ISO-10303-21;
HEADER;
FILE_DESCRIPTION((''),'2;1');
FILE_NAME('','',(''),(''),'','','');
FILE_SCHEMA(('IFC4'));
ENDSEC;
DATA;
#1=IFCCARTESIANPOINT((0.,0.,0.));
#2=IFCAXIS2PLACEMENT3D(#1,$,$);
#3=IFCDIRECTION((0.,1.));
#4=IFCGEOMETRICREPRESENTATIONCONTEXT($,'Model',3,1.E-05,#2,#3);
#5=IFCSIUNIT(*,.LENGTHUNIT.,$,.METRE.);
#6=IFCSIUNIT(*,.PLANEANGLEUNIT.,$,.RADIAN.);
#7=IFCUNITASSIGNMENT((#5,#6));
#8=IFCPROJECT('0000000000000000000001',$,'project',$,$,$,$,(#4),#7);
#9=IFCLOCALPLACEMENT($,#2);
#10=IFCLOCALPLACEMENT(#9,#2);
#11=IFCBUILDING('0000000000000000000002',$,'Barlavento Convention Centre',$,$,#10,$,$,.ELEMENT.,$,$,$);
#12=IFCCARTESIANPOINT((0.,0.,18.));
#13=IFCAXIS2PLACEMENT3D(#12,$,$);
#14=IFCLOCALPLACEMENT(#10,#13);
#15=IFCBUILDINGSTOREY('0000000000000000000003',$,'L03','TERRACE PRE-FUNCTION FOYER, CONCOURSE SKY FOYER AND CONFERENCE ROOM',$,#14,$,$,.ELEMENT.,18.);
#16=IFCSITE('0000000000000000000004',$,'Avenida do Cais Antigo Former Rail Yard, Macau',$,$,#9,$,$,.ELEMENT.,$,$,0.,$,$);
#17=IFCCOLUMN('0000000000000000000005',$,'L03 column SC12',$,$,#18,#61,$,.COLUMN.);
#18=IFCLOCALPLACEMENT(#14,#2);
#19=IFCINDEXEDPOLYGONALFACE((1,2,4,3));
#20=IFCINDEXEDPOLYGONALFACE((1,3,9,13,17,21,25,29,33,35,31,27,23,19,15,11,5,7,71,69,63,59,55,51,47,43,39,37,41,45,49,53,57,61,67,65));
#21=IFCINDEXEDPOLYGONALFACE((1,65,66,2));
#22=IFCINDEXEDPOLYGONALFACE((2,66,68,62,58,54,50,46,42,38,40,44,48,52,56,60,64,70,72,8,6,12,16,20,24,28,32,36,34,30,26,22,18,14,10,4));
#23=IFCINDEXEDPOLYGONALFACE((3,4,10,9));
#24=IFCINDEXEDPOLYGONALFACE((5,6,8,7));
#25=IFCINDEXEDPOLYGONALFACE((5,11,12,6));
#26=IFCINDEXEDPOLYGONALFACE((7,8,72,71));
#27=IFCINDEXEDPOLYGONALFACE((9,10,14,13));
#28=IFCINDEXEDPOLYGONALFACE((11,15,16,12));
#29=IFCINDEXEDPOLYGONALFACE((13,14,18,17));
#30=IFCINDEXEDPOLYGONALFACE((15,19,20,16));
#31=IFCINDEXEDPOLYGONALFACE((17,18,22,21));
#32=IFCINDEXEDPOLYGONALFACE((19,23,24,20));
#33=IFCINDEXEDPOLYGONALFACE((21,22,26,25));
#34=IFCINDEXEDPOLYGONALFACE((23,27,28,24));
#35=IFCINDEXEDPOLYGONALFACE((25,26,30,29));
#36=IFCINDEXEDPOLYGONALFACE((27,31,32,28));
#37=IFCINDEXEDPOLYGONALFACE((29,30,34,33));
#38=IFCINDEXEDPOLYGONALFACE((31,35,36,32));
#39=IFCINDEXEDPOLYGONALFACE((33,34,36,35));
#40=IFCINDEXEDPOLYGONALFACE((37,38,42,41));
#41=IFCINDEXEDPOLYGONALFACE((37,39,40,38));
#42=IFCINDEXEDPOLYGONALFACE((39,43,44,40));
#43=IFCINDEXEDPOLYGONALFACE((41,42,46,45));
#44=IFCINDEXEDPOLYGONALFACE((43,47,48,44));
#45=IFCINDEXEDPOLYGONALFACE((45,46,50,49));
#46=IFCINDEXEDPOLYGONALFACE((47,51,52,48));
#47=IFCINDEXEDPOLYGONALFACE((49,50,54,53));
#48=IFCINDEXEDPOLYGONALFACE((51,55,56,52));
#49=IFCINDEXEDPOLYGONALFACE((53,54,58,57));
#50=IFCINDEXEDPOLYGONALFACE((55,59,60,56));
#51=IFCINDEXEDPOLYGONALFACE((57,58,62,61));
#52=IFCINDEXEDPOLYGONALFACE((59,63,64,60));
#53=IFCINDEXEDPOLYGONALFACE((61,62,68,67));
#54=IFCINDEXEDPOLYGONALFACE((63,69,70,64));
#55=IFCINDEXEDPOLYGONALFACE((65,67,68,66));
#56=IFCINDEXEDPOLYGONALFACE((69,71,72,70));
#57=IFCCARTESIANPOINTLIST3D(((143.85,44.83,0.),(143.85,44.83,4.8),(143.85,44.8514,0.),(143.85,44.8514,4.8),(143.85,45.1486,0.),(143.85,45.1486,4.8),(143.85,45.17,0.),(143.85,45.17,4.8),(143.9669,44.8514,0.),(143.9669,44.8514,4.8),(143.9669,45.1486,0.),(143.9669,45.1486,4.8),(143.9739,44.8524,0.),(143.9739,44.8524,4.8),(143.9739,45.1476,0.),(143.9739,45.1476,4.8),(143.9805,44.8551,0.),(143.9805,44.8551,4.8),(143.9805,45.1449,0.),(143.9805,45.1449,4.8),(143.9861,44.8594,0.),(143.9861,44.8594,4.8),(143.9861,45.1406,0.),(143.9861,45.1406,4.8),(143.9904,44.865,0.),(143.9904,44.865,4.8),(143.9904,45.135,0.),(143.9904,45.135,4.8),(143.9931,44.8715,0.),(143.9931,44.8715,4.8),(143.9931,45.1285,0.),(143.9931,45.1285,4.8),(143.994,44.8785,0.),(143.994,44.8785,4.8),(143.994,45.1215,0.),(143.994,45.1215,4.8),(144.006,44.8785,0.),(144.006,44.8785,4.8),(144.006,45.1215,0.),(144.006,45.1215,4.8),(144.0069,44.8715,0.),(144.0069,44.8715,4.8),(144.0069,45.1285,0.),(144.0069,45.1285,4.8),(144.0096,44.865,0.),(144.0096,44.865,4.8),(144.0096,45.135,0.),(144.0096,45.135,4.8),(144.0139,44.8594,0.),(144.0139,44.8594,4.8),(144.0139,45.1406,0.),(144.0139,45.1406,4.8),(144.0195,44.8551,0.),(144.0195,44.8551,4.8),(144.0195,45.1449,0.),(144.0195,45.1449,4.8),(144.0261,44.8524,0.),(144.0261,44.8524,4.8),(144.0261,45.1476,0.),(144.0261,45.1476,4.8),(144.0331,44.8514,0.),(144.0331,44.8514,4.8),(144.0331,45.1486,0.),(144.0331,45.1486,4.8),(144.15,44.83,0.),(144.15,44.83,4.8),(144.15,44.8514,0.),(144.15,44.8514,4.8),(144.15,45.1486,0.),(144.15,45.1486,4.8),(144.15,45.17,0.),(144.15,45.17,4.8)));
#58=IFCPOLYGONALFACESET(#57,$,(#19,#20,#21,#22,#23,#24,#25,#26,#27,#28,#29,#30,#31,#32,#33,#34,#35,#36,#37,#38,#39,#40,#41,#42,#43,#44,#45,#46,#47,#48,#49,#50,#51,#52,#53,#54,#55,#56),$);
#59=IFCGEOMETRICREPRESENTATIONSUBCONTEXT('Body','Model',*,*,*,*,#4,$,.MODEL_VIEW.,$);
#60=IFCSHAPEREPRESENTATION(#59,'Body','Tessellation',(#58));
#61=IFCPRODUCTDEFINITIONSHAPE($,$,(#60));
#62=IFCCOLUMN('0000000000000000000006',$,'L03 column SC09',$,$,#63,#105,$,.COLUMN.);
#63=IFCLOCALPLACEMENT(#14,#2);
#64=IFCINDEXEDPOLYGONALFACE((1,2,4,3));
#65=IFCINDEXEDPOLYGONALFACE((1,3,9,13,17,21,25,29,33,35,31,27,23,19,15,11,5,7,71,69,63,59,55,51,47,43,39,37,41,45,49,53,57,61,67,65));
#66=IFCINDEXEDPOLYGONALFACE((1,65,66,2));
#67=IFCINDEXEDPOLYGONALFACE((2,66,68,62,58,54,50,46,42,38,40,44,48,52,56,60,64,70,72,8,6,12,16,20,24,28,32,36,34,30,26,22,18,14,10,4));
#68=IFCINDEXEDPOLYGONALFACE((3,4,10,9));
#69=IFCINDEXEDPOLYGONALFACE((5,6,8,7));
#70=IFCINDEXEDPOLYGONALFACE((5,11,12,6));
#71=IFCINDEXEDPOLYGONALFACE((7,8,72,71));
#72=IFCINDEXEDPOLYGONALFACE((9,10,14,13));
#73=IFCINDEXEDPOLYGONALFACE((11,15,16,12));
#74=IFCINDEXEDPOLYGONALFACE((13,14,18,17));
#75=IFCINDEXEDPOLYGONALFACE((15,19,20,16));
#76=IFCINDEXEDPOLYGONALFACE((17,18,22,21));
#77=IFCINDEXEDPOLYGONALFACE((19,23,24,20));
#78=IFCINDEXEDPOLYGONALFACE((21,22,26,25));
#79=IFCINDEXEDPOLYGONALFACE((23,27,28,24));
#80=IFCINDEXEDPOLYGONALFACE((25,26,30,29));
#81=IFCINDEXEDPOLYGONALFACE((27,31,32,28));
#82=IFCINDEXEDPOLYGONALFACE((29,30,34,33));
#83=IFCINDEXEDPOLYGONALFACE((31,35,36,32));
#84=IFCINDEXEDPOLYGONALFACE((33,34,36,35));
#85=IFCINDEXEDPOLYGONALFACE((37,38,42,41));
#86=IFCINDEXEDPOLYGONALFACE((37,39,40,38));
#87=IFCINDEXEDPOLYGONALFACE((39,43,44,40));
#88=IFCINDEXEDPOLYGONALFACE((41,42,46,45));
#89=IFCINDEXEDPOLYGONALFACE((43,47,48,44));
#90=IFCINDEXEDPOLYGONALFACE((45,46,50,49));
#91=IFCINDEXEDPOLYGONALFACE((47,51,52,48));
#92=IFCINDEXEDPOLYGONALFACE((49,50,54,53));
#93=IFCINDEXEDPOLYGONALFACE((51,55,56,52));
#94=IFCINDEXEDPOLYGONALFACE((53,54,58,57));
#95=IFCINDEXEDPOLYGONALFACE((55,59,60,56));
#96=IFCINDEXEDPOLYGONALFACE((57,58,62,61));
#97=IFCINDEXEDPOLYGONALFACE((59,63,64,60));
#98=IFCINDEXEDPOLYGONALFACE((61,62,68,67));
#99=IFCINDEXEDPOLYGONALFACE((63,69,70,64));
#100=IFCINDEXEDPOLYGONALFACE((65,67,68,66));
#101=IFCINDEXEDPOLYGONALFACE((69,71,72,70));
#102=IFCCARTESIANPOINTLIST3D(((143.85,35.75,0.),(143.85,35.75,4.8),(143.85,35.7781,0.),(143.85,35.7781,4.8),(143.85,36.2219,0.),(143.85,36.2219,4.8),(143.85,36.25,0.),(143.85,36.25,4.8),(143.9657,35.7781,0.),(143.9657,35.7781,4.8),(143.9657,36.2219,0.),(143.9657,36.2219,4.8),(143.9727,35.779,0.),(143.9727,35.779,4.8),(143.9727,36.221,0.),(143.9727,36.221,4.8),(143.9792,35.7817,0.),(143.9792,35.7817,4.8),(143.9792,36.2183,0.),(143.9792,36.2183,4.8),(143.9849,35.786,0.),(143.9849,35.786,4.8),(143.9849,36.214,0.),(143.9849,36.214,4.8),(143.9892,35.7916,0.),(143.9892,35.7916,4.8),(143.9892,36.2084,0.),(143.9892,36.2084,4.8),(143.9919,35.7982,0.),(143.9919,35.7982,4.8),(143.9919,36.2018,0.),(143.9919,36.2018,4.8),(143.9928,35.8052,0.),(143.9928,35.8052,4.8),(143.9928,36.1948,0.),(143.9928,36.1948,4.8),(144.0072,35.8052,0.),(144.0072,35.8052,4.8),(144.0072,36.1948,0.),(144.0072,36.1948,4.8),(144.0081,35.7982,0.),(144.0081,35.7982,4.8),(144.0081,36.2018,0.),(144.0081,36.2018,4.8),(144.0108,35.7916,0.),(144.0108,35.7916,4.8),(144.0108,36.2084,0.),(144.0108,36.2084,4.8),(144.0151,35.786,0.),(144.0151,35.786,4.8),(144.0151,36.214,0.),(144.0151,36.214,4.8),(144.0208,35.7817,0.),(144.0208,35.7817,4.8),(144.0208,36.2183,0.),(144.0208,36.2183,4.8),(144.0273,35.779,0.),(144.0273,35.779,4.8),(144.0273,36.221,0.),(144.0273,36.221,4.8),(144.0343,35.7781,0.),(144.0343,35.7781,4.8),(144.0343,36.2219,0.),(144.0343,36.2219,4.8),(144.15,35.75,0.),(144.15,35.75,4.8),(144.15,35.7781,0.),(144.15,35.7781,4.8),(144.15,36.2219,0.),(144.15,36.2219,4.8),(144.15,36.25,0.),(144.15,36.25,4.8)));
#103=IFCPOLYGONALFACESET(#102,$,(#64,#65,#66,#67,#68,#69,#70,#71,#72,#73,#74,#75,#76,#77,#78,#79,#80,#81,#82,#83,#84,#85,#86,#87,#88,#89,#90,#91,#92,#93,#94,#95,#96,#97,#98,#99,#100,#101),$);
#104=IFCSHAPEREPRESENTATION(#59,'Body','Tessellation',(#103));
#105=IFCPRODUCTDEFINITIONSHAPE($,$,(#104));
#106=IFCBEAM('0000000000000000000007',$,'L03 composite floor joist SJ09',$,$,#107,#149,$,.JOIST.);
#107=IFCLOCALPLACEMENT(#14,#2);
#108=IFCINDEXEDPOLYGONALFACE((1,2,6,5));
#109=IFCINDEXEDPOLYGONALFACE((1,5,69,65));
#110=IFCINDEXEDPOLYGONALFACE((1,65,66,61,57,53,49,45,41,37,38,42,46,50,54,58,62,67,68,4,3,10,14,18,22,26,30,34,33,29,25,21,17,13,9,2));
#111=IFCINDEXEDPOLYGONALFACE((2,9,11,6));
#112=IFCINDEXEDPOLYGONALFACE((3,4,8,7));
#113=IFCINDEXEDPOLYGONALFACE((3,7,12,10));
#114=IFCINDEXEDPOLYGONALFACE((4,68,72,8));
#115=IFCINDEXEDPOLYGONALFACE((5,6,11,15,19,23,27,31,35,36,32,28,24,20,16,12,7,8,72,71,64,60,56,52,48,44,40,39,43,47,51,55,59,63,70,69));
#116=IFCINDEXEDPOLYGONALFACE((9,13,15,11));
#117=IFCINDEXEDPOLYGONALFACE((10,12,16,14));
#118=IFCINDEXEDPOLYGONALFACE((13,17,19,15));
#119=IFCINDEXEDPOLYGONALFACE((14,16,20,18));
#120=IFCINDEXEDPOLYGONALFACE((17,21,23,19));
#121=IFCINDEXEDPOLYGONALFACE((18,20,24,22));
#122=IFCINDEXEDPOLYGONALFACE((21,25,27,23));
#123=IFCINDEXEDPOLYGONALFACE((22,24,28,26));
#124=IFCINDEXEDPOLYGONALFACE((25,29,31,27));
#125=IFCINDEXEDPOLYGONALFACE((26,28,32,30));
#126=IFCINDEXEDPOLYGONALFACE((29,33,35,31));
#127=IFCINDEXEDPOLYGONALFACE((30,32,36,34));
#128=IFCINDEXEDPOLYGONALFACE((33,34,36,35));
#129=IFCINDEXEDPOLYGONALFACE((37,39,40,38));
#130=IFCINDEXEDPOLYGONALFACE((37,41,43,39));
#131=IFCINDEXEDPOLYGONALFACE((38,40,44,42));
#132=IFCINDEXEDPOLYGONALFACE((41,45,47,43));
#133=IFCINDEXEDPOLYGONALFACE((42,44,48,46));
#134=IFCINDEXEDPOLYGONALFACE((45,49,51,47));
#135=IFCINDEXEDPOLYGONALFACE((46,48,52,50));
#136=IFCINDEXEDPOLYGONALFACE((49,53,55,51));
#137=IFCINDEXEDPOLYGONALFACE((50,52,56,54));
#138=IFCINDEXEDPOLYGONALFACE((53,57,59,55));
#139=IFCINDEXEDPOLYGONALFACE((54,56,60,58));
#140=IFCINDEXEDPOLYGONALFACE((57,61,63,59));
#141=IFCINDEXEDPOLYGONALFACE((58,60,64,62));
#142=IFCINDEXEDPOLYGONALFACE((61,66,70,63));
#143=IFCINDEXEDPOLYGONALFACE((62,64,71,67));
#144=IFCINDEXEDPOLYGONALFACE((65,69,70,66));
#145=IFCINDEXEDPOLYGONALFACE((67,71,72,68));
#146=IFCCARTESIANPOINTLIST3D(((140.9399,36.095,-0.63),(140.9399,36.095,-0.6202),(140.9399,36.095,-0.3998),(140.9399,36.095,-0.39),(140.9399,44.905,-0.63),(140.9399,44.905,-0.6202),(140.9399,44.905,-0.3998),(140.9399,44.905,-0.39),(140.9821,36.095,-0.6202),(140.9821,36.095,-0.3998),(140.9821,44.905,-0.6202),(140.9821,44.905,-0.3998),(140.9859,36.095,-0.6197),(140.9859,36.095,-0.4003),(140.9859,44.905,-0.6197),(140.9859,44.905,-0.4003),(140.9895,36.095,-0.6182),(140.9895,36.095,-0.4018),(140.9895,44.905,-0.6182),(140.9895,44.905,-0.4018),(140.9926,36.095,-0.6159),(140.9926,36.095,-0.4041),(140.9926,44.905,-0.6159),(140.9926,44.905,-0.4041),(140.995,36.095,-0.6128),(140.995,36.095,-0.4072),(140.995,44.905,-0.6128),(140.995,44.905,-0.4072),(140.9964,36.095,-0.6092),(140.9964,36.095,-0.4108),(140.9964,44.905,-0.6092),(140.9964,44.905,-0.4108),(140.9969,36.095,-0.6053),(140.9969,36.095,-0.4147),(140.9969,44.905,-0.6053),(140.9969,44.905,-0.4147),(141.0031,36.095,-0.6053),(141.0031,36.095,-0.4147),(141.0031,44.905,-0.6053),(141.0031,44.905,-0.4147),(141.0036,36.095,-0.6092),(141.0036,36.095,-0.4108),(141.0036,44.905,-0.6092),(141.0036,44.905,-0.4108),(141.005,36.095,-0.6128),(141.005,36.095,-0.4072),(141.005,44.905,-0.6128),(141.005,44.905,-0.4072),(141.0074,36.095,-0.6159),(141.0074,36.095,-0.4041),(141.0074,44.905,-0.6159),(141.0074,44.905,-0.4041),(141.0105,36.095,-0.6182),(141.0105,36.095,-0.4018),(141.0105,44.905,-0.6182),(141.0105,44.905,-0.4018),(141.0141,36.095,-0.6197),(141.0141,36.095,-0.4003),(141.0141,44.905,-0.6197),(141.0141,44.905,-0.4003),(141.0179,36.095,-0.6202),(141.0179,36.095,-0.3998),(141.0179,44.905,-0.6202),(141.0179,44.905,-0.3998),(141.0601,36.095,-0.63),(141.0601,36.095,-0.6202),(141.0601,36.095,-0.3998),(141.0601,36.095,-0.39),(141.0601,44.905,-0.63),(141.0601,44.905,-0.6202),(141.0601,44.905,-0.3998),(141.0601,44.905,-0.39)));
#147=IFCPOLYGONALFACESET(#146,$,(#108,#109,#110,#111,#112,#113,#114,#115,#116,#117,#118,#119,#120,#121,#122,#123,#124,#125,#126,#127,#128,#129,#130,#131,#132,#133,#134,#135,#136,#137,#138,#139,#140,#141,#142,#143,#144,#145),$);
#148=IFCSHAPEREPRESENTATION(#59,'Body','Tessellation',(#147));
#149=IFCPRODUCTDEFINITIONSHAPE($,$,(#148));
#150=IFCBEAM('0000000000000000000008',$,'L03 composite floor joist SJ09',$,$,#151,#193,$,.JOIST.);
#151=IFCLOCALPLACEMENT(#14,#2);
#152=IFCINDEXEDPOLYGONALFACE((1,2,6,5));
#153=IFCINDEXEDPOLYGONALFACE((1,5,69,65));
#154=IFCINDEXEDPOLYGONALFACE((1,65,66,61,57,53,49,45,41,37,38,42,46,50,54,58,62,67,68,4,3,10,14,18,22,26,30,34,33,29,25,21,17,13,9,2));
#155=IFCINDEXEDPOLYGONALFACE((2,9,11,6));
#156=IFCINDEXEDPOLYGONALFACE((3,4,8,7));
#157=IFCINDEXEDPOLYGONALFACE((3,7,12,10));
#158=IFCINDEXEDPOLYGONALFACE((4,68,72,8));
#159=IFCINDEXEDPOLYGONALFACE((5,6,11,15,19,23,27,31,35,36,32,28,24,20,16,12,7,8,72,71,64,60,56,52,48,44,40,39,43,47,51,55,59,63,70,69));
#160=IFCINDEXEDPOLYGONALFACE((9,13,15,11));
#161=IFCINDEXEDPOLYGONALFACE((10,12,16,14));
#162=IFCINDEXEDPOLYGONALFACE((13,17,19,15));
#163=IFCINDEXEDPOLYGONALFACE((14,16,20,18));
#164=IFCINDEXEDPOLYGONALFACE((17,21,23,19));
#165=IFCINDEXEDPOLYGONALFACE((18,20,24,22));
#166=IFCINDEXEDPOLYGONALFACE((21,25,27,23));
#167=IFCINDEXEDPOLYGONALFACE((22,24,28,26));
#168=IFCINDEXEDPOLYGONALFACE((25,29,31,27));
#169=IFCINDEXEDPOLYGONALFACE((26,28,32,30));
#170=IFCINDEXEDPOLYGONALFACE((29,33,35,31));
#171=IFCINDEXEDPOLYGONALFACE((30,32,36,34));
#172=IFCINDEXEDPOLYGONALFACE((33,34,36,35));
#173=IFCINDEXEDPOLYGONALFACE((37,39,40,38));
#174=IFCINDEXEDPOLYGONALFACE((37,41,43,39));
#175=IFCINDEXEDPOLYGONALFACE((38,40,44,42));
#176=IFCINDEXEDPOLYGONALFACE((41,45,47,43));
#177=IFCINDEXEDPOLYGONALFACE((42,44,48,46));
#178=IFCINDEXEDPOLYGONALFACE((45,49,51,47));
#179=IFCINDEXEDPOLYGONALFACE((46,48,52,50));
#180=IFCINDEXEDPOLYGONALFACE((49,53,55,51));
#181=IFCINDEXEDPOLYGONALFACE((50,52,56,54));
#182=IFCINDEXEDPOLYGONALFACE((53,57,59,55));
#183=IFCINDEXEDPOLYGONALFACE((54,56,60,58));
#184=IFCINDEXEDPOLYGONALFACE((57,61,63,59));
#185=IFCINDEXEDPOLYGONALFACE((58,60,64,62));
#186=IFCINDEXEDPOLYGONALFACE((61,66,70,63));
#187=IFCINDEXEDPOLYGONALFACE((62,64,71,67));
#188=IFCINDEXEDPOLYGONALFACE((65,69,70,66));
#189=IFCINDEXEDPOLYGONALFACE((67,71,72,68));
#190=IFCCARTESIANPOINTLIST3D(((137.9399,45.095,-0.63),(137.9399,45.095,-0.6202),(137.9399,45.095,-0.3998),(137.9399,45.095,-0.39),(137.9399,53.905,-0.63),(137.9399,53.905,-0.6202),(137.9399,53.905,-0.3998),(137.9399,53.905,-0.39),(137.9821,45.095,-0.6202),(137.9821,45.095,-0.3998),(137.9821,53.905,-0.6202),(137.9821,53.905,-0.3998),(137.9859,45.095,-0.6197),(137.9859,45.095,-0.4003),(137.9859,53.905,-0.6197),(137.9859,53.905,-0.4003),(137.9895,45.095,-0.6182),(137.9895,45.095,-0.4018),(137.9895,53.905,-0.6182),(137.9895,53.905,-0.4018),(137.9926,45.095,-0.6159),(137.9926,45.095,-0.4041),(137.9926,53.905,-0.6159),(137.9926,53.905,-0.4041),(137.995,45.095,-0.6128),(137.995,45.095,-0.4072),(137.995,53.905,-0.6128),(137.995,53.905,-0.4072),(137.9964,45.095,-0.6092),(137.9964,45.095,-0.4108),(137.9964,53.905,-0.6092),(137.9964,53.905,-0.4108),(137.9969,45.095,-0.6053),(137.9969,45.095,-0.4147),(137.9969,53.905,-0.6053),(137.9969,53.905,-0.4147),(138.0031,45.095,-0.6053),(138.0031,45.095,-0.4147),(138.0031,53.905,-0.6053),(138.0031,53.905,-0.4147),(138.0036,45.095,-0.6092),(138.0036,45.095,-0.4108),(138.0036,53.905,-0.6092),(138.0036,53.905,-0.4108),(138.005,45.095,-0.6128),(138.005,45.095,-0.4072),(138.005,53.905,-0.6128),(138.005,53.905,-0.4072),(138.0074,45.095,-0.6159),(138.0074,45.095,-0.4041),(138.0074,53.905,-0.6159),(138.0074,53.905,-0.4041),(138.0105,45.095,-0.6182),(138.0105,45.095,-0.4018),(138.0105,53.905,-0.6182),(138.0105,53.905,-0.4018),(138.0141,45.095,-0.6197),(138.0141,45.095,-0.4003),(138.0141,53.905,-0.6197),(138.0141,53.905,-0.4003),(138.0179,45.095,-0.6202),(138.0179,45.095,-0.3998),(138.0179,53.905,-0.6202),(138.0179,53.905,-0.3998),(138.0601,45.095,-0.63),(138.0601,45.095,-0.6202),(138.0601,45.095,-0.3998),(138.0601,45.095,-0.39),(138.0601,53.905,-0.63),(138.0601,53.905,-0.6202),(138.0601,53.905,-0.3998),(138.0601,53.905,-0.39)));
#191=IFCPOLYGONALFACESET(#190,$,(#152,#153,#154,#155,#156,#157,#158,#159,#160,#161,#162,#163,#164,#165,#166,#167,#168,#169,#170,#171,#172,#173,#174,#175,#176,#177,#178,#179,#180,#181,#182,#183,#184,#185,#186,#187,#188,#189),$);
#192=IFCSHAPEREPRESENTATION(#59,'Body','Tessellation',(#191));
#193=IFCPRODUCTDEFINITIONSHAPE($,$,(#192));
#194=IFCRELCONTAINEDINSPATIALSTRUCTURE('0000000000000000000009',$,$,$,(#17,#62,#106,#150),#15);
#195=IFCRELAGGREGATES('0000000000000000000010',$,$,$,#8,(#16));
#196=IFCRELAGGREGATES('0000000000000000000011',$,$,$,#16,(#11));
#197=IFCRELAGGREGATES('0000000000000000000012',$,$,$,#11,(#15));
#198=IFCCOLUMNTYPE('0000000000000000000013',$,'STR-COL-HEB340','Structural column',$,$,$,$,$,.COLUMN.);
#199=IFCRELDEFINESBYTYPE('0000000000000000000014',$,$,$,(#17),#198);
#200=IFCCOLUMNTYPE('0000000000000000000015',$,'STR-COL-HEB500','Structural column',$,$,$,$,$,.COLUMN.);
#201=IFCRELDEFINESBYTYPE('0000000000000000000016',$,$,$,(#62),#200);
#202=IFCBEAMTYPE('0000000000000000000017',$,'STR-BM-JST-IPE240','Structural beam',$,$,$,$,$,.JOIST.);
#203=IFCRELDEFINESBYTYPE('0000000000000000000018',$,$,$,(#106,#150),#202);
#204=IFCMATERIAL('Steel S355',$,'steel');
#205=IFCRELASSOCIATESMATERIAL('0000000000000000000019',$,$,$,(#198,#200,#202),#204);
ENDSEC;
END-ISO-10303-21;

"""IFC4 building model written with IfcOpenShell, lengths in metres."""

from ifc_helpers import new_model, si_unit, direction, frame, origin, origin_2d, place, context, subcontext, project, spatial, i_section, extrude, material, material_profile, profile_set, type_object, element, save


model = new_model("IFC4")

# Units and contexts
model_context = context("Model", 3, precision=1e-05, world=origin(), true_north=direction((0.0, 1.0)))
body_context = subcontext(model_context, "Body", "Model", "MODEL_VIEW")
ifc_project = project(units=[si_unit("LENGTHUNIT", "METRE"), si_unit("PLANEANGLEUNIT", "RADIAN")], contexts=[model_context])

# Site, building, storey
site_placement = place(None, origin())
site = spatial("IfcSite", under=ifc_project, at=site_placement, Name="Avenida do Cais Antigo Former Rail Yard, Macau", CompositionType="ELEMENT", RefElevation=0.0)
building_placement = place(site_placement, origin())
building = spatial("IfcBuilding", under=site, at=building_placement, Name="Barlavento Convention Centre", CompositionType="ELEMENT")
storey_placement = place(building_placement, frame((0.0, 0.0, 18.0)))
storey = spatial("IfcBuildingStorey", under=building, at=storey_placement, Name="L03", Description="TERRACE PRE-FUNCTION FOYER, CONCOURSE SKY FOYER AND CONFERENCE ROOM", CompositionType="ELEMENT", Elevation=18.0)

# Columns
ifc_material_1 = material(Name="Steel S355", Category="steel")
ifc_material_profile_1 = material_profile(ifc_material_1, i_section(OverallWidth=0.3, OverallDepth=0.3401, WebThickness=0.012, FlangeThickness=0.0215, FilletRadius=0.0271, at=origin_2d()), Name="HEB 340")
ifc_profile_set_1 = profile_set([ifc_material_profile_1], Name="Steel S355")
column_type_1 = type_object("IfcColumnType", Name="STR-COL-HEB340", Description="Structural column", PredefinedType="COLUMN", material=ifc_profile_set_1)
column_1_placement = place(storey_placement, frame((144.0, 45.0, 0.0), z_axis=(0.0, 0.0, 1.0), x_axis=(1.0, 0.0, 0.0)))
element("IfcColumn", 1, at=column_1_placement, inside=storey, type_object=column_type_1, Name="L03 column SC12", PredefinedType="COLUMN", context=body_context, shape_type="SweptSolid", body=[
    extrude(i_section(OverallWidth=0.3, OverallDepth=0.3401, WebThickness=0.012, FlangeThickness=0.0215, FilletRadius=0.0271, at=origin_2d()), origin(), (0.0, 0.0, 1.0), 4.8),
])
ifc_material_profile_2 = material_profile(ifc_material_1, i_section(OverallWidth=0.3, OverallDepth=0.5, WebThickness=0.0144, FlangeThickness=0.0281, FilletRadius=0.0271, at=origin_2d()), Name="HEB 500")
ifc_profile_set_2 = profile_set([ifc_material_profile_2], Name="Steel S355")
column_type_2 = type_object("IfcColumnType", Name="STR-COL-HEB500", Description="Structural column", PredefinedType="COLUMN", material=ifc_profile_set_2)
column_2_placement = place(storey_placement, frame((144.0, 36.0, 0.0), z_axis=(0.0, 0.0, 1.0), x_axis=(1.0, 0.0, 0.0)))
element("IfcColumn", 2, at=column_2_placement, inside=storey, type_object=column_type_2, Name="L03 column SC09", PredefinedType="COLUMN", context=body_context, shape_type="SweptSolid", body=[
    extrude(i_section(OverallWidth=0.3, OverallDepth=0.5, WebThickness=0.0144, FlangeThickness=0.0281, FilletRadius=0.0271, at=origin_2d()), origin(), (0.0, 0.0, 1.0), 4.8),
])

# Beams
ifc_material_profile_3 = material_profile(ifc_material_1, i_section(OverallWidth=0.1201, OverallDepth=0.24, WebThickness=0.0061, FlangeThickness=0.0098, FilletRadius=0.0149, at=origin_2d()), Name="IPE 240")
ifc_profile_set_3 = profile_set([ifc_material_profile_3], Name="Steel S355")
beam_type_1 = type_object("IfcBeamType", Name="STR-BM-JST-IPE240", Description="Structural beam", PredefinedType="JOIST", material=ifc_profile_set_3)
for number, where, z_axis, x_axis, name in (
    (3, (141.0, 36.095, -0.51), (0.0, 1.0, 0.0), (-1.0, 0.0, 0.0), "L03 composite floor joist SJ09"),
    (4, (138.0, 45.095, -0.51), (0.0, 1.0, 0.0), (-1.0, 0.0, 0.0), "L03 composite floor joist SJ09"),
):
    element("IfcBeam", number, at=place(storey_placement, frame(where, z_axis=z_axis, x_axis=x_axis)), inside=storey, type_object=beam_type_1, Name=name, PredefinedType="JOIST", context=body_context, shape_type="SweptSolid", body=[
        extrude(i_section(OverallWidth=0.1201, OverallDepth=0.24, WebThickness=0.0061, FlangeThickness=0.0098, FilletRadius=0.0149, at=origin_2d()), origin(), (0.0, 0.0, 1.0), 8.8101),
    ])

save(model, "model.ifc")
